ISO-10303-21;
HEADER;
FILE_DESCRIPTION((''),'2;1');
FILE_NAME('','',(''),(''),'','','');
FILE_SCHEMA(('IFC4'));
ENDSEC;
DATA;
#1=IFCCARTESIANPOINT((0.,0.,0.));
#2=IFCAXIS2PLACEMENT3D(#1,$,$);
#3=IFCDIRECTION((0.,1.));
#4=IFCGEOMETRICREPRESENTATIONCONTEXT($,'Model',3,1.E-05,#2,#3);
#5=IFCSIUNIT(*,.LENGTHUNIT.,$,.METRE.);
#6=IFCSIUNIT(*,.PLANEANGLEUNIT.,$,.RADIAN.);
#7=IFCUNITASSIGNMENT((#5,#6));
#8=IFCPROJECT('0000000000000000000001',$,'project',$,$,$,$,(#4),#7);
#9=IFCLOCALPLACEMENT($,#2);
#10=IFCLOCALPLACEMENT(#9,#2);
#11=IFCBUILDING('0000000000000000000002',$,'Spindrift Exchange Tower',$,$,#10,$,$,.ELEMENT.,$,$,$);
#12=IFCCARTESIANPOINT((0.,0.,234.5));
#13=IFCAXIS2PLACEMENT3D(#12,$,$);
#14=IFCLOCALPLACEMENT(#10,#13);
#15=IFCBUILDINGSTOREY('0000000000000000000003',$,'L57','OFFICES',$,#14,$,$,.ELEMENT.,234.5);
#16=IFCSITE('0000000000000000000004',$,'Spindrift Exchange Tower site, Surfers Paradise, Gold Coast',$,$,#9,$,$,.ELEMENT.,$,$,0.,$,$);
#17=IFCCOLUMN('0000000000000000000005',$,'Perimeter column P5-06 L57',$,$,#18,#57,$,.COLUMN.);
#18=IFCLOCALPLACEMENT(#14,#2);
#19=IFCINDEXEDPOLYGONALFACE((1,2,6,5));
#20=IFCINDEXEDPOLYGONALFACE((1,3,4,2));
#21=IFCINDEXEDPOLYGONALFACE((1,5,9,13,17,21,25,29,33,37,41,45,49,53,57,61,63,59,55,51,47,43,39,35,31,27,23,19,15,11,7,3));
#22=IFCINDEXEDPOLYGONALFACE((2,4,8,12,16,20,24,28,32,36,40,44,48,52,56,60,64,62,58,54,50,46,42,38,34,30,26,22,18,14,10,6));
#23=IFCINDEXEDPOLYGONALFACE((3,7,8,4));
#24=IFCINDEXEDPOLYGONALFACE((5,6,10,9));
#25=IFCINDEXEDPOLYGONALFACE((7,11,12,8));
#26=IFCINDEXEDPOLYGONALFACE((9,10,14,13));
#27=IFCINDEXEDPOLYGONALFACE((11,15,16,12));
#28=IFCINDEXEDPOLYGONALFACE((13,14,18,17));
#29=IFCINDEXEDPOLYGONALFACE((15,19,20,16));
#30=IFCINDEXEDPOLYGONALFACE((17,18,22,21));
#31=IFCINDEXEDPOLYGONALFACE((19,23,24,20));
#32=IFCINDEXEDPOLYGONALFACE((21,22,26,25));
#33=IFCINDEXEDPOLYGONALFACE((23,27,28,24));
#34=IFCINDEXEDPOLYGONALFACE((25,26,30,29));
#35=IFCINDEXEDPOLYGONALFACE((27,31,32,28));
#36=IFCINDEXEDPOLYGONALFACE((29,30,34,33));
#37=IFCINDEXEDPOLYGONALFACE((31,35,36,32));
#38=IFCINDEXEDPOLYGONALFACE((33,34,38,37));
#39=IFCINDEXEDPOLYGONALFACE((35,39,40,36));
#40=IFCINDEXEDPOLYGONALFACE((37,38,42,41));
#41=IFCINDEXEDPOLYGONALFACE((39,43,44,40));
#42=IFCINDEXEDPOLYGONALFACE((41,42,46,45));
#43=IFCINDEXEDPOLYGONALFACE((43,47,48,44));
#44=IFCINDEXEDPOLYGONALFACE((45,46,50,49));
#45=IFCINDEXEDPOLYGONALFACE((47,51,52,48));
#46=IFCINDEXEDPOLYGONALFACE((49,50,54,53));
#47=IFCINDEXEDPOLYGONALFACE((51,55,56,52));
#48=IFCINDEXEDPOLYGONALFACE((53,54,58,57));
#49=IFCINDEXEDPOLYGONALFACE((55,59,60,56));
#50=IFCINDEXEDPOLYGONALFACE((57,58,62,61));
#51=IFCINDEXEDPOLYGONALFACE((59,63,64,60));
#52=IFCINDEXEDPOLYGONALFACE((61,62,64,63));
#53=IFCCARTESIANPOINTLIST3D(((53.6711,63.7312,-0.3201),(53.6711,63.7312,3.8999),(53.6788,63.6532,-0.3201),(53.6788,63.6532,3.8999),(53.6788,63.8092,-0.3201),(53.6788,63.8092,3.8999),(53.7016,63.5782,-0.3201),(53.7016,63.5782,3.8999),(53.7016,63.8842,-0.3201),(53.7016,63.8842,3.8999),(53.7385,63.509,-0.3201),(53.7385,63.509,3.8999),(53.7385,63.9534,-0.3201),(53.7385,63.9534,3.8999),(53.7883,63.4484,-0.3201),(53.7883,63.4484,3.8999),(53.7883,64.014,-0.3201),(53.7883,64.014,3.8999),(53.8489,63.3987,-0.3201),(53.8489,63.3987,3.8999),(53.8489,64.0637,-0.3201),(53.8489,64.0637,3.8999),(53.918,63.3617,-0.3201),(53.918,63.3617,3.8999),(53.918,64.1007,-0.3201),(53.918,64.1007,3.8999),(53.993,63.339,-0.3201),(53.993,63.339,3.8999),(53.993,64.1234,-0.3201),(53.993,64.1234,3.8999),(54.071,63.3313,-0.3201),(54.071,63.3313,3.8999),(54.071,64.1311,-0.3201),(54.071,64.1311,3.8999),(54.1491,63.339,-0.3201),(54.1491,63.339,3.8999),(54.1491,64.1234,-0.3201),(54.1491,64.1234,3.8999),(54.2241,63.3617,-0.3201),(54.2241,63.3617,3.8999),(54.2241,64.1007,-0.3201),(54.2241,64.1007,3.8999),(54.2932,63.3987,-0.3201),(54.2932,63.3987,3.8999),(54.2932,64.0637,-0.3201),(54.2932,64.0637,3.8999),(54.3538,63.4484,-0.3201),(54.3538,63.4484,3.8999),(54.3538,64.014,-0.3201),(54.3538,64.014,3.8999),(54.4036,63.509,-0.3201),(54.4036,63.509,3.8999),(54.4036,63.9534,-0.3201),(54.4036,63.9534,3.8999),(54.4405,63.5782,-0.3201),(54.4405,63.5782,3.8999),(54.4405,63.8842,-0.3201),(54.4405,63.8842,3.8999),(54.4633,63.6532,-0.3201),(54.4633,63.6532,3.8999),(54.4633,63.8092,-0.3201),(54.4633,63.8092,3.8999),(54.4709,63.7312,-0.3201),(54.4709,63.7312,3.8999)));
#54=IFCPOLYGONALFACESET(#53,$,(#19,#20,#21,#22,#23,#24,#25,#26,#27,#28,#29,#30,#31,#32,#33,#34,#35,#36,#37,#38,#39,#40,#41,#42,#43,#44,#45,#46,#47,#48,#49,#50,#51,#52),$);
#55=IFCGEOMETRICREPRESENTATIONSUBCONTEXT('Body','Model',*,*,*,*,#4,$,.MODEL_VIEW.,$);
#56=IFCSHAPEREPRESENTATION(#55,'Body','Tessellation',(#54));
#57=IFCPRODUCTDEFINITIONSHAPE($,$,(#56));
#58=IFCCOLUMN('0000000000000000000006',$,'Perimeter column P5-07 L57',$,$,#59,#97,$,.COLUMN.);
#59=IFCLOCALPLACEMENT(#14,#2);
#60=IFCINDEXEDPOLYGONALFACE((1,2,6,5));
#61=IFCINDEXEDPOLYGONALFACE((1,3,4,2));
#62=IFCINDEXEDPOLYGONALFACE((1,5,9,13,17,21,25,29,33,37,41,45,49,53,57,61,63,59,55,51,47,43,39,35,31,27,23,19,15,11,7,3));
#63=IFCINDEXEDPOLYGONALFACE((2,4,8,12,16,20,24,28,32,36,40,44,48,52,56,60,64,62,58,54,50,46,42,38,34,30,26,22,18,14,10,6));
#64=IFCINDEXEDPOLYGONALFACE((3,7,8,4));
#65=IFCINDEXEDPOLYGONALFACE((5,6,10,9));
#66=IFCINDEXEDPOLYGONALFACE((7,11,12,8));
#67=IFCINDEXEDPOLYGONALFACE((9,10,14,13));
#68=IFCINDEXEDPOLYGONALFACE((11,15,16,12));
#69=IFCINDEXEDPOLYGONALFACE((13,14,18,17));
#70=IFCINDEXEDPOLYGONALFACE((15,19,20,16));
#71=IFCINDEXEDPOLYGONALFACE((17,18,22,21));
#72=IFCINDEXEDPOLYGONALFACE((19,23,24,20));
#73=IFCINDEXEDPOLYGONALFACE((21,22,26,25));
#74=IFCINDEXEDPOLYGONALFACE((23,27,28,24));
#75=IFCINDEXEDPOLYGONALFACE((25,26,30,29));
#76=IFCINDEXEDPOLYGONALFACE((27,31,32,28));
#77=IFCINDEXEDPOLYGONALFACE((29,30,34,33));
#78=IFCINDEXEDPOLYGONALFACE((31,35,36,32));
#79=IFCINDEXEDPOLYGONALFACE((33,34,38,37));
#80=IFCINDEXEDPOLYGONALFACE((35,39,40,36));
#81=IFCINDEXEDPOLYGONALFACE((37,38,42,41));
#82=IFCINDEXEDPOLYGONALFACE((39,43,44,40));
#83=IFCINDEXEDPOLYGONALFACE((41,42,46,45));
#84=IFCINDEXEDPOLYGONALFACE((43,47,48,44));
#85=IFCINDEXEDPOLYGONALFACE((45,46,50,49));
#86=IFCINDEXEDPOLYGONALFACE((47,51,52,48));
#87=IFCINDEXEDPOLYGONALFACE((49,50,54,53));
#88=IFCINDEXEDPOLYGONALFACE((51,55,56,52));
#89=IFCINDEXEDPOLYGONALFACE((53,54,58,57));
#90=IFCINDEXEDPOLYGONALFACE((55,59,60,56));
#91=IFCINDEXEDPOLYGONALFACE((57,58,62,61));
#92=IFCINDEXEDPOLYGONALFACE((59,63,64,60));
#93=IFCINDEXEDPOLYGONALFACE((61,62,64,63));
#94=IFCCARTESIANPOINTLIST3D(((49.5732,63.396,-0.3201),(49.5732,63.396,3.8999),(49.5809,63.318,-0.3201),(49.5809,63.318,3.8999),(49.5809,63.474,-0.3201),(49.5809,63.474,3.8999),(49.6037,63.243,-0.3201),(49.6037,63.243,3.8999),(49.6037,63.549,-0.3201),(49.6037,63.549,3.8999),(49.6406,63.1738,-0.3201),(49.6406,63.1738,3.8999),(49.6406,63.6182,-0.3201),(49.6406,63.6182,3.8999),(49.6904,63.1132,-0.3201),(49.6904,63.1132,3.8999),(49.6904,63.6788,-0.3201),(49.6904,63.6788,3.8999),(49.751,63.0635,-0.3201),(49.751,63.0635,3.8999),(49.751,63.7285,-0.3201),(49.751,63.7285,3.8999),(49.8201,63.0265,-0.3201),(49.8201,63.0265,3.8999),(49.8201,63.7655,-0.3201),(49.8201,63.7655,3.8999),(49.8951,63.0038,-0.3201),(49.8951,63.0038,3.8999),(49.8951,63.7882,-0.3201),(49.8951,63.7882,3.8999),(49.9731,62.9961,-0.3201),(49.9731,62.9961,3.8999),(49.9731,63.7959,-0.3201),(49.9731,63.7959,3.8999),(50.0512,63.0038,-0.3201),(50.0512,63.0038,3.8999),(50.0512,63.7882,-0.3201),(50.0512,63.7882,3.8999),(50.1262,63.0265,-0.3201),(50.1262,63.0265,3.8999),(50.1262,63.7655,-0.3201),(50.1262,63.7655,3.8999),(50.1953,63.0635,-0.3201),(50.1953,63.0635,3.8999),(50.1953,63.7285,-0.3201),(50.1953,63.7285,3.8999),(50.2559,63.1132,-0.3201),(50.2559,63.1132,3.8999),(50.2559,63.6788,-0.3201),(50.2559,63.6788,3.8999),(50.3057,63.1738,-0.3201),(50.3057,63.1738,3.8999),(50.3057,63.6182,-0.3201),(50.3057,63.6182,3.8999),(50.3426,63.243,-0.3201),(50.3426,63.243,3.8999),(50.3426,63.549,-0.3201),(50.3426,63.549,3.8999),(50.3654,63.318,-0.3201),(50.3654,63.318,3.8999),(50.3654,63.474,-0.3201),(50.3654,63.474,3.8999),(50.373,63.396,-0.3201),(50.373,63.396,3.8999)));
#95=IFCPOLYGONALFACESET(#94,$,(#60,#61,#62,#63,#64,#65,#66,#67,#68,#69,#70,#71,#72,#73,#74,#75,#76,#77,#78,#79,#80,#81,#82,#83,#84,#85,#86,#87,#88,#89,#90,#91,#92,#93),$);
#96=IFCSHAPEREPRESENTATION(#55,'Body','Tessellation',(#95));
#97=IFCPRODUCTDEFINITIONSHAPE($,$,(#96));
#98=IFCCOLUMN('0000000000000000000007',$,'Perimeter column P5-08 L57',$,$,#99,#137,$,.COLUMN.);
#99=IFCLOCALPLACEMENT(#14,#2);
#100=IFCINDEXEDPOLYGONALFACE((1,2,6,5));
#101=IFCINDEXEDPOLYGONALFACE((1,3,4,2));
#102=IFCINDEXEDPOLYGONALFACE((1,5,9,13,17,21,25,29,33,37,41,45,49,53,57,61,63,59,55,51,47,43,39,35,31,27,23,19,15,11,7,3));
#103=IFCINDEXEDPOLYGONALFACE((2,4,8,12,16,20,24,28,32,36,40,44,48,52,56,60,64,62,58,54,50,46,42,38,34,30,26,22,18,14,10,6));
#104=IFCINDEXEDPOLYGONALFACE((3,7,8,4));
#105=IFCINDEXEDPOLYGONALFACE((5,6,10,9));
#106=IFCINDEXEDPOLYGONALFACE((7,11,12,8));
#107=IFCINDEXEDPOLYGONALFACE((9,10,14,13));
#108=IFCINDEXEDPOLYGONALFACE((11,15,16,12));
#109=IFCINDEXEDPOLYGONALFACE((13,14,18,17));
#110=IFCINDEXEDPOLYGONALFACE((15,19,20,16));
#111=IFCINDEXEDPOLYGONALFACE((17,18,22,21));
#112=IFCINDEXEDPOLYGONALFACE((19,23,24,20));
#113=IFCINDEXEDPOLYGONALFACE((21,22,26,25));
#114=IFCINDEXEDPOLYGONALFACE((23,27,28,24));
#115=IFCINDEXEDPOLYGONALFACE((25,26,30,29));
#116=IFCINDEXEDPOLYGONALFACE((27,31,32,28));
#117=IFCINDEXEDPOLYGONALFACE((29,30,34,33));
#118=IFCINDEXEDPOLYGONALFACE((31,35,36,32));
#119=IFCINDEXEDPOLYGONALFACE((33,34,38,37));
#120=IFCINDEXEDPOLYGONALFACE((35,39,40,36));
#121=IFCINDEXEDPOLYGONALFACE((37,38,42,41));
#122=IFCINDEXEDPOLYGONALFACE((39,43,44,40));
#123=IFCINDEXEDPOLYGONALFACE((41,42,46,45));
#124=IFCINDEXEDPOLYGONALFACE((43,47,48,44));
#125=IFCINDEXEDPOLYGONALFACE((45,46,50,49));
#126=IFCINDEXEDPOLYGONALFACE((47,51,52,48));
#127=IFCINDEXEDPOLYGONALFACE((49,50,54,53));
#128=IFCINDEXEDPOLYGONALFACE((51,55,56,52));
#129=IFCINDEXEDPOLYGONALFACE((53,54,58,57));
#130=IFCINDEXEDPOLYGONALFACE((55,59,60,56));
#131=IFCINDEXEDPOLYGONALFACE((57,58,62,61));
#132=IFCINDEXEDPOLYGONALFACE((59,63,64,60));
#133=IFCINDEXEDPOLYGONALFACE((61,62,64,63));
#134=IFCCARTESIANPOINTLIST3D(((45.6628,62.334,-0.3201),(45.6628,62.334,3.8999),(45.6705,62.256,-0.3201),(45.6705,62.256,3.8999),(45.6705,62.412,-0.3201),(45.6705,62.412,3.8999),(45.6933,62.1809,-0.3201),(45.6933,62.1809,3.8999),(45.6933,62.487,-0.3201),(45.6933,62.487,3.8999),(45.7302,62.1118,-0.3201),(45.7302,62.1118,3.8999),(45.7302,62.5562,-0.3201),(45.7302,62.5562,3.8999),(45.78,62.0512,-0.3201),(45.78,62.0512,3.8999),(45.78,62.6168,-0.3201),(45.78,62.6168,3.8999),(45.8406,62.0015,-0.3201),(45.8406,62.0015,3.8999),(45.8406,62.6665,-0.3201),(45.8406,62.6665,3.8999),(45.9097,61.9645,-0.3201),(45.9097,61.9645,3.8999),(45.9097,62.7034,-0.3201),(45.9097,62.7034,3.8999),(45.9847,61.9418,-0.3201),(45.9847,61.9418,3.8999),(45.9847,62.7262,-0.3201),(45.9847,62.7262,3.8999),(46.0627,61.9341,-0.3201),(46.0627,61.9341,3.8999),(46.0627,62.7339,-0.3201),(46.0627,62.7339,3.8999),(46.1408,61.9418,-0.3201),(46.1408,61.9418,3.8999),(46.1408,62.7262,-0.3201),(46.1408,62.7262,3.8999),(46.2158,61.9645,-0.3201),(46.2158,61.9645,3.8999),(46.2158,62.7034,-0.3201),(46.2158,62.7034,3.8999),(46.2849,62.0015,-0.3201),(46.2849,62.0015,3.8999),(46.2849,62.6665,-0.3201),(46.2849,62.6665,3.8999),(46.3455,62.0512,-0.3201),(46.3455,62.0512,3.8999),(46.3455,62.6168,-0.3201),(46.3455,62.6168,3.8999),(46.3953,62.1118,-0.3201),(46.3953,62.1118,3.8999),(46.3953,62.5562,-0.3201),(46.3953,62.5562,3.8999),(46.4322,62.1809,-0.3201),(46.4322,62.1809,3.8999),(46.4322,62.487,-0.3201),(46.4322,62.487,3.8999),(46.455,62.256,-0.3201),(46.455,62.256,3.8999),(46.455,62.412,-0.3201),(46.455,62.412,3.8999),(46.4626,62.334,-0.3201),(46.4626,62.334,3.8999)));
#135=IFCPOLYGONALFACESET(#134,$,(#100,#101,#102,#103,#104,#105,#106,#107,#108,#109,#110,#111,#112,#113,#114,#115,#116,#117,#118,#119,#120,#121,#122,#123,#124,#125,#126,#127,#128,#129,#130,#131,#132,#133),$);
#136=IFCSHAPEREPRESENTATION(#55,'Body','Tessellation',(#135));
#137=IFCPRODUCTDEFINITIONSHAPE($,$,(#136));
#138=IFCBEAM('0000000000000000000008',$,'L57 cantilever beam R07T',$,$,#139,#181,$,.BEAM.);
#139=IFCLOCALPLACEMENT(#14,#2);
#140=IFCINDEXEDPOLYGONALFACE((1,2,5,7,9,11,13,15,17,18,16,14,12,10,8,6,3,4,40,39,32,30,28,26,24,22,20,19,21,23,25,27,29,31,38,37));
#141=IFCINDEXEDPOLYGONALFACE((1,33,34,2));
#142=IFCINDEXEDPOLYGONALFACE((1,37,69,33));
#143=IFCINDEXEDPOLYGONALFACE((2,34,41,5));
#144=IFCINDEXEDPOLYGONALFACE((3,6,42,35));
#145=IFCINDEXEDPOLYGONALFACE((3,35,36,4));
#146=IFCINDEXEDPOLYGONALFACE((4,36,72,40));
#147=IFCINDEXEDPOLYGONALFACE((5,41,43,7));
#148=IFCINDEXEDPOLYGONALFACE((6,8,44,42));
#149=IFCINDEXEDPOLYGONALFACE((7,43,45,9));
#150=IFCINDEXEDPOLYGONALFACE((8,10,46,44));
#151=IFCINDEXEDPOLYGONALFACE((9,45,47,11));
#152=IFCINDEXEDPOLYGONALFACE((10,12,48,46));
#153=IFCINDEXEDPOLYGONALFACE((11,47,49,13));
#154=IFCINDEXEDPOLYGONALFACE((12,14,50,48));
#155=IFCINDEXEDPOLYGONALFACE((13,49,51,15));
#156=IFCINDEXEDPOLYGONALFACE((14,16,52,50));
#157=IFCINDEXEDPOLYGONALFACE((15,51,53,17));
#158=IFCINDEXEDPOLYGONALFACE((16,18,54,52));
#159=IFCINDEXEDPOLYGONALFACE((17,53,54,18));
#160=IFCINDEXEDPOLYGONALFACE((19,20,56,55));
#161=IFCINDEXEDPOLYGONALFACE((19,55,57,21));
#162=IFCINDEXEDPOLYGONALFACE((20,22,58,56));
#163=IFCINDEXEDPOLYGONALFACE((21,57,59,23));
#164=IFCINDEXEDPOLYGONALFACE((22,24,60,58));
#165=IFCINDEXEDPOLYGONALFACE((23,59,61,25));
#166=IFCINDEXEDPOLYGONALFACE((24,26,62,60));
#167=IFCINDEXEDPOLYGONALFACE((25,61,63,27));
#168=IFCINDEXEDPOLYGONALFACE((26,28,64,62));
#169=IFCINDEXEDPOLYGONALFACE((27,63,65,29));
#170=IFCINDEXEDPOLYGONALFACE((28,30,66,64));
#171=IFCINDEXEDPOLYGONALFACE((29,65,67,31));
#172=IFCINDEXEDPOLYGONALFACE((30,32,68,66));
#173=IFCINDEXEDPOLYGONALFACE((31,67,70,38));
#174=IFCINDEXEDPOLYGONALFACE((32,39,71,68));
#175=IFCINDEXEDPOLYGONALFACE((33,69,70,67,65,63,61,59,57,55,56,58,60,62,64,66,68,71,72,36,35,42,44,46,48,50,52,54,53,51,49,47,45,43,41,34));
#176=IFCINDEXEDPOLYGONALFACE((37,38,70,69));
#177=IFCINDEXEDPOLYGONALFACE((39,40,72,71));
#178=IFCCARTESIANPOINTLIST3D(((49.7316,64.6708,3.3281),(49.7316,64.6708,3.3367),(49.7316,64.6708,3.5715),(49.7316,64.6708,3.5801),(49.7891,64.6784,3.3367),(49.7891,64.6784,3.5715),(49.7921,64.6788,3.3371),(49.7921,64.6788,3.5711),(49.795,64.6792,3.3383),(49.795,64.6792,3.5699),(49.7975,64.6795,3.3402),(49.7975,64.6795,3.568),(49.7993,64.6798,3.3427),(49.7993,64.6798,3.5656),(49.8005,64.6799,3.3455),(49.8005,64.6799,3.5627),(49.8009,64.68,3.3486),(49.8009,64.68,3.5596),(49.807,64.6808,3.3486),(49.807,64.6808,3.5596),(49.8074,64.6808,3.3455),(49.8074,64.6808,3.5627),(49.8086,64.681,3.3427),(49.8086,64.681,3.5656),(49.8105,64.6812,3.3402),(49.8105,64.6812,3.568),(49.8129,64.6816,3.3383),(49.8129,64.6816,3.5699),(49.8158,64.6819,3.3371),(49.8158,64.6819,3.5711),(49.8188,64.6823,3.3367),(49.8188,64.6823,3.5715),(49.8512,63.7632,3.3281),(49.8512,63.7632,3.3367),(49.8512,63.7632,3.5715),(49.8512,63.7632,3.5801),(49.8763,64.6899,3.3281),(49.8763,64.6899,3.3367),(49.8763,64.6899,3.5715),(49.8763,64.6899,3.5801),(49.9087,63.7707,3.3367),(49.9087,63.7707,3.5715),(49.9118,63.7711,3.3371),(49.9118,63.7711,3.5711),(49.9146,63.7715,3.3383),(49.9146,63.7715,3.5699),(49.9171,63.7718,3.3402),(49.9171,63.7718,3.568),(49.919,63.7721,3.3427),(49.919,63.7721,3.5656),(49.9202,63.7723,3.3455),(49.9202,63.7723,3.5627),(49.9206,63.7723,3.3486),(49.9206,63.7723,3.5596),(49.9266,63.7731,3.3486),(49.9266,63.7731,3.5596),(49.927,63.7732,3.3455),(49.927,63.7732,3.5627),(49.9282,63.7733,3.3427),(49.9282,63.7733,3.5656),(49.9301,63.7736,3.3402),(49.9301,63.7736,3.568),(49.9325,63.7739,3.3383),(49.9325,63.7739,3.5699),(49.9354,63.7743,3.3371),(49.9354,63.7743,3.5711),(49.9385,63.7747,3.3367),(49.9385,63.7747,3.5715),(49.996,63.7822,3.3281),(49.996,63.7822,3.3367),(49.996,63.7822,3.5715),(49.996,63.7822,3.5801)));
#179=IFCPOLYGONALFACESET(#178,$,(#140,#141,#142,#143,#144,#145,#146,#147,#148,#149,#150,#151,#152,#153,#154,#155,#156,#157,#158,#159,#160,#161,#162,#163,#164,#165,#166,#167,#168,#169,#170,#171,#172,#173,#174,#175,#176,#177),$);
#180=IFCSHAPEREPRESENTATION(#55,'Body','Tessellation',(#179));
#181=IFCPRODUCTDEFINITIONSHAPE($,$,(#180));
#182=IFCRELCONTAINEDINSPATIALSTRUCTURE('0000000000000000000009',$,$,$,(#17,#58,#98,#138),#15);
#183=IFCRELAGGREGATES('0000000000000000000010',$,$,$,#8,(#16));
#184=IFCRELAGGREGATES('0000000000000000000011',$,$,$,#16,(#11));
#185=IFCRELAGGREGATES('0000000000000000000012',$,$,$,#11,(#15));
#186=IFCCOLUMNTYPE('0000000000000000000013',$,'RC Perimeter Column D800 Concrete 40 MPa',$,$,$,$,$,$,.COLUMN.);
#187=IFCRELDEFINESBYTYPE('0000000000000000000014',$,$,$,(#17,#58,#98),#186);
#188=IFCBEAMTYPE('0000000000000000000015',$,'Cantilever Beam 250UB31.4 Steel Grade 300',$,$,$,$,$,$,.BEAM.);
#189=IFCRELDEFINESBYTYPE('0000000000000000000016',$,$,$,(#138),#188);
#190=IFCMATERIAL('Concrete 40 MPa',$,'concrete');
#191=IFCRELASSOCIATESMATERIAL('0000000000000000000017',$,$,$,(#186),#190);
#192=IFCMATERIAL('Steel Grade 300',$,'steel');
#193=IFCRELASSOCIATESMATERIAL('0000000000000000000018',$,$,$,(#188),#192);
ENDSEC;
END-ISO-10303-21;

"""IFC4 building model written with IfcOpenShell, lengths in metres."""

from ifc_helpers import new_model, si_unit, direction, frame, origin, origin_2d, place, context, subcontext, project, spatial, circle, i_section, extrude, source, transform, mapped, material, material_profile, profile_set, type_object, element, save


model = new_model("IFC4")

# Units and contexts
model_context = context("Model", 3, precision=1e-05, world=origin(), true_north=direction((0.0, 1.0)))
body_context = subcontext(model_context, "Body", "Model", "MODEL_VIEW")
ifc_project = project(units=[si_unit("LENGTHUNIT", "METRE"), si_unit("PLANEANGLEUNIT", "RADIAN")], contexts=[model_context])

# Site, building, storey
site_placement = place(None, origin())
site = spatial("IfcSite", under=ifc_project, at=site_placement, Name="Spindrift Exchange Tower site, Surfers Paradise, Gold Coast", CompositionType="ELEMENT", RefElevation=0.0)
building_placement = place(site_placement, origin())
building = spatial("IfcBuilding", under=site, at=building_placement, Name="Spindrift Exchange Tower", CompositionType="ELEMENT")
storey_placement = place(building_placement, frame((0.0, 0.0, 234.5)))
storey = spatial("IfcBuildingStorey", under=building, at=storey_placement, Name="L57", Description="OFFICES", CompositionType="ELEMENT", Elevation=234.5)

# Columns
ifc_material_1 = material(Name="Concrete 40 MPa", Category="concrete")
ifc_material_profile_1 = material_profile(ifc_material_1, circle(Radius=0.3999, at=origin_2d()), Name="RC D800")
ifc_profile_set_1 = profile_set([ifc_material_profile_1], Name="Concrete 40 MPa")
column_type = type_object("IfcColumnType", Name="RC Perimeter Column D800 Concrete 40 MPa", PredefinedType="COLUMN", material=ifc_profile_set_1)
shared_shape_1 = source(origin(), body_context, "Body", "SweptSolid", [
    extrude(circle(Radius=0.3999, at=origin_2d()), origin(), (0.0, 0.0, 1.0), 4.22),
])
for number, where, z_axis, x_axis, name in (
    (1, (54.071, 63.7312, -0.3201), (0.0, 0.0, 1.0), (1.0, 0.0, 0.0), "Perimeter column P5-06 L57"),
    (2, (49.9731, 63.396, -0.3201), (0.0, 0.0, 1.0), (1.0, 0.0, 0.0), "Perimeter column P5-07 L57"),
    (3, (46.0627, 62.334, -0.3201), (0.0, 0.0, 1.0), (1.0, 0.0, 0.0), "Perimeter column P5-08 L57"),
):
    element("IfcColumn", number, at=place(storey_placement, frame(where, z_axis=z_axis, x_axis=x_axis)), inside=storey, type_object=column_type, Name=name, PredefinedType="COLUMN", context=body_context, shape_type="MappedRepresentation", body=[
        mapped(shared_shape_1, transform((0.0, 0.0, 0.0), scale=1.0)),
    ])

# Beam
ifc_material_2 = material(Name="Steel Grade 300", Category="steel")
ifc_material_profile_2 = material_profile(ifc_material_2, i_section(OverallWidth=0.146, OverallDepth=0.252, WebThickness=0.0061, FlangeThickness=0.0085, FilletRadius=0.012, at=origin_2d()), Name="250UB31.4")
ifc_profile_set_2 = profile_set([ifc_material_profile_2], Name="Steel Grade 300")
beam_type_1 = type_object("IfcBeamType", Name="Cantilever Beam 250UB31.4 Steel Grade 300", PredefinedType="BEAM", material=ifc_profile_set_2)
shared_shape_2 = source(origin(), body_context, "Body", "SweptSolid", [
    extrude(i_section(OverallWidth=0.146, OverallDepth=0.252, WebThickness=0.0061, FlangeThickness=0.0085, FilletRadius=0.012, at=origin_2d()), origin(), (0.0, 0.0, 1.0), 0.9155),
])
beam_1_placement = place(storey_placement, frame((49.9236, 63.7727, 3.4541), z_axis=(-0.130661, 0.991427, 0.0), x_axis=(-0.991427, -0.130661, 0.0)))
element("IfcBeam", 4, at=beam_1_placement, inside=storey, type_object=beam_type_1, Name="L57 cantilever beam R07T", PredefinedType="BEAM", context=body_context, shape_type="MappedRepresentation", body=[
    mapped(shared_shape_2, transform((0.0, 0.0, 0.0), scale=1.0)),
])

save(model, "model.ifc")
